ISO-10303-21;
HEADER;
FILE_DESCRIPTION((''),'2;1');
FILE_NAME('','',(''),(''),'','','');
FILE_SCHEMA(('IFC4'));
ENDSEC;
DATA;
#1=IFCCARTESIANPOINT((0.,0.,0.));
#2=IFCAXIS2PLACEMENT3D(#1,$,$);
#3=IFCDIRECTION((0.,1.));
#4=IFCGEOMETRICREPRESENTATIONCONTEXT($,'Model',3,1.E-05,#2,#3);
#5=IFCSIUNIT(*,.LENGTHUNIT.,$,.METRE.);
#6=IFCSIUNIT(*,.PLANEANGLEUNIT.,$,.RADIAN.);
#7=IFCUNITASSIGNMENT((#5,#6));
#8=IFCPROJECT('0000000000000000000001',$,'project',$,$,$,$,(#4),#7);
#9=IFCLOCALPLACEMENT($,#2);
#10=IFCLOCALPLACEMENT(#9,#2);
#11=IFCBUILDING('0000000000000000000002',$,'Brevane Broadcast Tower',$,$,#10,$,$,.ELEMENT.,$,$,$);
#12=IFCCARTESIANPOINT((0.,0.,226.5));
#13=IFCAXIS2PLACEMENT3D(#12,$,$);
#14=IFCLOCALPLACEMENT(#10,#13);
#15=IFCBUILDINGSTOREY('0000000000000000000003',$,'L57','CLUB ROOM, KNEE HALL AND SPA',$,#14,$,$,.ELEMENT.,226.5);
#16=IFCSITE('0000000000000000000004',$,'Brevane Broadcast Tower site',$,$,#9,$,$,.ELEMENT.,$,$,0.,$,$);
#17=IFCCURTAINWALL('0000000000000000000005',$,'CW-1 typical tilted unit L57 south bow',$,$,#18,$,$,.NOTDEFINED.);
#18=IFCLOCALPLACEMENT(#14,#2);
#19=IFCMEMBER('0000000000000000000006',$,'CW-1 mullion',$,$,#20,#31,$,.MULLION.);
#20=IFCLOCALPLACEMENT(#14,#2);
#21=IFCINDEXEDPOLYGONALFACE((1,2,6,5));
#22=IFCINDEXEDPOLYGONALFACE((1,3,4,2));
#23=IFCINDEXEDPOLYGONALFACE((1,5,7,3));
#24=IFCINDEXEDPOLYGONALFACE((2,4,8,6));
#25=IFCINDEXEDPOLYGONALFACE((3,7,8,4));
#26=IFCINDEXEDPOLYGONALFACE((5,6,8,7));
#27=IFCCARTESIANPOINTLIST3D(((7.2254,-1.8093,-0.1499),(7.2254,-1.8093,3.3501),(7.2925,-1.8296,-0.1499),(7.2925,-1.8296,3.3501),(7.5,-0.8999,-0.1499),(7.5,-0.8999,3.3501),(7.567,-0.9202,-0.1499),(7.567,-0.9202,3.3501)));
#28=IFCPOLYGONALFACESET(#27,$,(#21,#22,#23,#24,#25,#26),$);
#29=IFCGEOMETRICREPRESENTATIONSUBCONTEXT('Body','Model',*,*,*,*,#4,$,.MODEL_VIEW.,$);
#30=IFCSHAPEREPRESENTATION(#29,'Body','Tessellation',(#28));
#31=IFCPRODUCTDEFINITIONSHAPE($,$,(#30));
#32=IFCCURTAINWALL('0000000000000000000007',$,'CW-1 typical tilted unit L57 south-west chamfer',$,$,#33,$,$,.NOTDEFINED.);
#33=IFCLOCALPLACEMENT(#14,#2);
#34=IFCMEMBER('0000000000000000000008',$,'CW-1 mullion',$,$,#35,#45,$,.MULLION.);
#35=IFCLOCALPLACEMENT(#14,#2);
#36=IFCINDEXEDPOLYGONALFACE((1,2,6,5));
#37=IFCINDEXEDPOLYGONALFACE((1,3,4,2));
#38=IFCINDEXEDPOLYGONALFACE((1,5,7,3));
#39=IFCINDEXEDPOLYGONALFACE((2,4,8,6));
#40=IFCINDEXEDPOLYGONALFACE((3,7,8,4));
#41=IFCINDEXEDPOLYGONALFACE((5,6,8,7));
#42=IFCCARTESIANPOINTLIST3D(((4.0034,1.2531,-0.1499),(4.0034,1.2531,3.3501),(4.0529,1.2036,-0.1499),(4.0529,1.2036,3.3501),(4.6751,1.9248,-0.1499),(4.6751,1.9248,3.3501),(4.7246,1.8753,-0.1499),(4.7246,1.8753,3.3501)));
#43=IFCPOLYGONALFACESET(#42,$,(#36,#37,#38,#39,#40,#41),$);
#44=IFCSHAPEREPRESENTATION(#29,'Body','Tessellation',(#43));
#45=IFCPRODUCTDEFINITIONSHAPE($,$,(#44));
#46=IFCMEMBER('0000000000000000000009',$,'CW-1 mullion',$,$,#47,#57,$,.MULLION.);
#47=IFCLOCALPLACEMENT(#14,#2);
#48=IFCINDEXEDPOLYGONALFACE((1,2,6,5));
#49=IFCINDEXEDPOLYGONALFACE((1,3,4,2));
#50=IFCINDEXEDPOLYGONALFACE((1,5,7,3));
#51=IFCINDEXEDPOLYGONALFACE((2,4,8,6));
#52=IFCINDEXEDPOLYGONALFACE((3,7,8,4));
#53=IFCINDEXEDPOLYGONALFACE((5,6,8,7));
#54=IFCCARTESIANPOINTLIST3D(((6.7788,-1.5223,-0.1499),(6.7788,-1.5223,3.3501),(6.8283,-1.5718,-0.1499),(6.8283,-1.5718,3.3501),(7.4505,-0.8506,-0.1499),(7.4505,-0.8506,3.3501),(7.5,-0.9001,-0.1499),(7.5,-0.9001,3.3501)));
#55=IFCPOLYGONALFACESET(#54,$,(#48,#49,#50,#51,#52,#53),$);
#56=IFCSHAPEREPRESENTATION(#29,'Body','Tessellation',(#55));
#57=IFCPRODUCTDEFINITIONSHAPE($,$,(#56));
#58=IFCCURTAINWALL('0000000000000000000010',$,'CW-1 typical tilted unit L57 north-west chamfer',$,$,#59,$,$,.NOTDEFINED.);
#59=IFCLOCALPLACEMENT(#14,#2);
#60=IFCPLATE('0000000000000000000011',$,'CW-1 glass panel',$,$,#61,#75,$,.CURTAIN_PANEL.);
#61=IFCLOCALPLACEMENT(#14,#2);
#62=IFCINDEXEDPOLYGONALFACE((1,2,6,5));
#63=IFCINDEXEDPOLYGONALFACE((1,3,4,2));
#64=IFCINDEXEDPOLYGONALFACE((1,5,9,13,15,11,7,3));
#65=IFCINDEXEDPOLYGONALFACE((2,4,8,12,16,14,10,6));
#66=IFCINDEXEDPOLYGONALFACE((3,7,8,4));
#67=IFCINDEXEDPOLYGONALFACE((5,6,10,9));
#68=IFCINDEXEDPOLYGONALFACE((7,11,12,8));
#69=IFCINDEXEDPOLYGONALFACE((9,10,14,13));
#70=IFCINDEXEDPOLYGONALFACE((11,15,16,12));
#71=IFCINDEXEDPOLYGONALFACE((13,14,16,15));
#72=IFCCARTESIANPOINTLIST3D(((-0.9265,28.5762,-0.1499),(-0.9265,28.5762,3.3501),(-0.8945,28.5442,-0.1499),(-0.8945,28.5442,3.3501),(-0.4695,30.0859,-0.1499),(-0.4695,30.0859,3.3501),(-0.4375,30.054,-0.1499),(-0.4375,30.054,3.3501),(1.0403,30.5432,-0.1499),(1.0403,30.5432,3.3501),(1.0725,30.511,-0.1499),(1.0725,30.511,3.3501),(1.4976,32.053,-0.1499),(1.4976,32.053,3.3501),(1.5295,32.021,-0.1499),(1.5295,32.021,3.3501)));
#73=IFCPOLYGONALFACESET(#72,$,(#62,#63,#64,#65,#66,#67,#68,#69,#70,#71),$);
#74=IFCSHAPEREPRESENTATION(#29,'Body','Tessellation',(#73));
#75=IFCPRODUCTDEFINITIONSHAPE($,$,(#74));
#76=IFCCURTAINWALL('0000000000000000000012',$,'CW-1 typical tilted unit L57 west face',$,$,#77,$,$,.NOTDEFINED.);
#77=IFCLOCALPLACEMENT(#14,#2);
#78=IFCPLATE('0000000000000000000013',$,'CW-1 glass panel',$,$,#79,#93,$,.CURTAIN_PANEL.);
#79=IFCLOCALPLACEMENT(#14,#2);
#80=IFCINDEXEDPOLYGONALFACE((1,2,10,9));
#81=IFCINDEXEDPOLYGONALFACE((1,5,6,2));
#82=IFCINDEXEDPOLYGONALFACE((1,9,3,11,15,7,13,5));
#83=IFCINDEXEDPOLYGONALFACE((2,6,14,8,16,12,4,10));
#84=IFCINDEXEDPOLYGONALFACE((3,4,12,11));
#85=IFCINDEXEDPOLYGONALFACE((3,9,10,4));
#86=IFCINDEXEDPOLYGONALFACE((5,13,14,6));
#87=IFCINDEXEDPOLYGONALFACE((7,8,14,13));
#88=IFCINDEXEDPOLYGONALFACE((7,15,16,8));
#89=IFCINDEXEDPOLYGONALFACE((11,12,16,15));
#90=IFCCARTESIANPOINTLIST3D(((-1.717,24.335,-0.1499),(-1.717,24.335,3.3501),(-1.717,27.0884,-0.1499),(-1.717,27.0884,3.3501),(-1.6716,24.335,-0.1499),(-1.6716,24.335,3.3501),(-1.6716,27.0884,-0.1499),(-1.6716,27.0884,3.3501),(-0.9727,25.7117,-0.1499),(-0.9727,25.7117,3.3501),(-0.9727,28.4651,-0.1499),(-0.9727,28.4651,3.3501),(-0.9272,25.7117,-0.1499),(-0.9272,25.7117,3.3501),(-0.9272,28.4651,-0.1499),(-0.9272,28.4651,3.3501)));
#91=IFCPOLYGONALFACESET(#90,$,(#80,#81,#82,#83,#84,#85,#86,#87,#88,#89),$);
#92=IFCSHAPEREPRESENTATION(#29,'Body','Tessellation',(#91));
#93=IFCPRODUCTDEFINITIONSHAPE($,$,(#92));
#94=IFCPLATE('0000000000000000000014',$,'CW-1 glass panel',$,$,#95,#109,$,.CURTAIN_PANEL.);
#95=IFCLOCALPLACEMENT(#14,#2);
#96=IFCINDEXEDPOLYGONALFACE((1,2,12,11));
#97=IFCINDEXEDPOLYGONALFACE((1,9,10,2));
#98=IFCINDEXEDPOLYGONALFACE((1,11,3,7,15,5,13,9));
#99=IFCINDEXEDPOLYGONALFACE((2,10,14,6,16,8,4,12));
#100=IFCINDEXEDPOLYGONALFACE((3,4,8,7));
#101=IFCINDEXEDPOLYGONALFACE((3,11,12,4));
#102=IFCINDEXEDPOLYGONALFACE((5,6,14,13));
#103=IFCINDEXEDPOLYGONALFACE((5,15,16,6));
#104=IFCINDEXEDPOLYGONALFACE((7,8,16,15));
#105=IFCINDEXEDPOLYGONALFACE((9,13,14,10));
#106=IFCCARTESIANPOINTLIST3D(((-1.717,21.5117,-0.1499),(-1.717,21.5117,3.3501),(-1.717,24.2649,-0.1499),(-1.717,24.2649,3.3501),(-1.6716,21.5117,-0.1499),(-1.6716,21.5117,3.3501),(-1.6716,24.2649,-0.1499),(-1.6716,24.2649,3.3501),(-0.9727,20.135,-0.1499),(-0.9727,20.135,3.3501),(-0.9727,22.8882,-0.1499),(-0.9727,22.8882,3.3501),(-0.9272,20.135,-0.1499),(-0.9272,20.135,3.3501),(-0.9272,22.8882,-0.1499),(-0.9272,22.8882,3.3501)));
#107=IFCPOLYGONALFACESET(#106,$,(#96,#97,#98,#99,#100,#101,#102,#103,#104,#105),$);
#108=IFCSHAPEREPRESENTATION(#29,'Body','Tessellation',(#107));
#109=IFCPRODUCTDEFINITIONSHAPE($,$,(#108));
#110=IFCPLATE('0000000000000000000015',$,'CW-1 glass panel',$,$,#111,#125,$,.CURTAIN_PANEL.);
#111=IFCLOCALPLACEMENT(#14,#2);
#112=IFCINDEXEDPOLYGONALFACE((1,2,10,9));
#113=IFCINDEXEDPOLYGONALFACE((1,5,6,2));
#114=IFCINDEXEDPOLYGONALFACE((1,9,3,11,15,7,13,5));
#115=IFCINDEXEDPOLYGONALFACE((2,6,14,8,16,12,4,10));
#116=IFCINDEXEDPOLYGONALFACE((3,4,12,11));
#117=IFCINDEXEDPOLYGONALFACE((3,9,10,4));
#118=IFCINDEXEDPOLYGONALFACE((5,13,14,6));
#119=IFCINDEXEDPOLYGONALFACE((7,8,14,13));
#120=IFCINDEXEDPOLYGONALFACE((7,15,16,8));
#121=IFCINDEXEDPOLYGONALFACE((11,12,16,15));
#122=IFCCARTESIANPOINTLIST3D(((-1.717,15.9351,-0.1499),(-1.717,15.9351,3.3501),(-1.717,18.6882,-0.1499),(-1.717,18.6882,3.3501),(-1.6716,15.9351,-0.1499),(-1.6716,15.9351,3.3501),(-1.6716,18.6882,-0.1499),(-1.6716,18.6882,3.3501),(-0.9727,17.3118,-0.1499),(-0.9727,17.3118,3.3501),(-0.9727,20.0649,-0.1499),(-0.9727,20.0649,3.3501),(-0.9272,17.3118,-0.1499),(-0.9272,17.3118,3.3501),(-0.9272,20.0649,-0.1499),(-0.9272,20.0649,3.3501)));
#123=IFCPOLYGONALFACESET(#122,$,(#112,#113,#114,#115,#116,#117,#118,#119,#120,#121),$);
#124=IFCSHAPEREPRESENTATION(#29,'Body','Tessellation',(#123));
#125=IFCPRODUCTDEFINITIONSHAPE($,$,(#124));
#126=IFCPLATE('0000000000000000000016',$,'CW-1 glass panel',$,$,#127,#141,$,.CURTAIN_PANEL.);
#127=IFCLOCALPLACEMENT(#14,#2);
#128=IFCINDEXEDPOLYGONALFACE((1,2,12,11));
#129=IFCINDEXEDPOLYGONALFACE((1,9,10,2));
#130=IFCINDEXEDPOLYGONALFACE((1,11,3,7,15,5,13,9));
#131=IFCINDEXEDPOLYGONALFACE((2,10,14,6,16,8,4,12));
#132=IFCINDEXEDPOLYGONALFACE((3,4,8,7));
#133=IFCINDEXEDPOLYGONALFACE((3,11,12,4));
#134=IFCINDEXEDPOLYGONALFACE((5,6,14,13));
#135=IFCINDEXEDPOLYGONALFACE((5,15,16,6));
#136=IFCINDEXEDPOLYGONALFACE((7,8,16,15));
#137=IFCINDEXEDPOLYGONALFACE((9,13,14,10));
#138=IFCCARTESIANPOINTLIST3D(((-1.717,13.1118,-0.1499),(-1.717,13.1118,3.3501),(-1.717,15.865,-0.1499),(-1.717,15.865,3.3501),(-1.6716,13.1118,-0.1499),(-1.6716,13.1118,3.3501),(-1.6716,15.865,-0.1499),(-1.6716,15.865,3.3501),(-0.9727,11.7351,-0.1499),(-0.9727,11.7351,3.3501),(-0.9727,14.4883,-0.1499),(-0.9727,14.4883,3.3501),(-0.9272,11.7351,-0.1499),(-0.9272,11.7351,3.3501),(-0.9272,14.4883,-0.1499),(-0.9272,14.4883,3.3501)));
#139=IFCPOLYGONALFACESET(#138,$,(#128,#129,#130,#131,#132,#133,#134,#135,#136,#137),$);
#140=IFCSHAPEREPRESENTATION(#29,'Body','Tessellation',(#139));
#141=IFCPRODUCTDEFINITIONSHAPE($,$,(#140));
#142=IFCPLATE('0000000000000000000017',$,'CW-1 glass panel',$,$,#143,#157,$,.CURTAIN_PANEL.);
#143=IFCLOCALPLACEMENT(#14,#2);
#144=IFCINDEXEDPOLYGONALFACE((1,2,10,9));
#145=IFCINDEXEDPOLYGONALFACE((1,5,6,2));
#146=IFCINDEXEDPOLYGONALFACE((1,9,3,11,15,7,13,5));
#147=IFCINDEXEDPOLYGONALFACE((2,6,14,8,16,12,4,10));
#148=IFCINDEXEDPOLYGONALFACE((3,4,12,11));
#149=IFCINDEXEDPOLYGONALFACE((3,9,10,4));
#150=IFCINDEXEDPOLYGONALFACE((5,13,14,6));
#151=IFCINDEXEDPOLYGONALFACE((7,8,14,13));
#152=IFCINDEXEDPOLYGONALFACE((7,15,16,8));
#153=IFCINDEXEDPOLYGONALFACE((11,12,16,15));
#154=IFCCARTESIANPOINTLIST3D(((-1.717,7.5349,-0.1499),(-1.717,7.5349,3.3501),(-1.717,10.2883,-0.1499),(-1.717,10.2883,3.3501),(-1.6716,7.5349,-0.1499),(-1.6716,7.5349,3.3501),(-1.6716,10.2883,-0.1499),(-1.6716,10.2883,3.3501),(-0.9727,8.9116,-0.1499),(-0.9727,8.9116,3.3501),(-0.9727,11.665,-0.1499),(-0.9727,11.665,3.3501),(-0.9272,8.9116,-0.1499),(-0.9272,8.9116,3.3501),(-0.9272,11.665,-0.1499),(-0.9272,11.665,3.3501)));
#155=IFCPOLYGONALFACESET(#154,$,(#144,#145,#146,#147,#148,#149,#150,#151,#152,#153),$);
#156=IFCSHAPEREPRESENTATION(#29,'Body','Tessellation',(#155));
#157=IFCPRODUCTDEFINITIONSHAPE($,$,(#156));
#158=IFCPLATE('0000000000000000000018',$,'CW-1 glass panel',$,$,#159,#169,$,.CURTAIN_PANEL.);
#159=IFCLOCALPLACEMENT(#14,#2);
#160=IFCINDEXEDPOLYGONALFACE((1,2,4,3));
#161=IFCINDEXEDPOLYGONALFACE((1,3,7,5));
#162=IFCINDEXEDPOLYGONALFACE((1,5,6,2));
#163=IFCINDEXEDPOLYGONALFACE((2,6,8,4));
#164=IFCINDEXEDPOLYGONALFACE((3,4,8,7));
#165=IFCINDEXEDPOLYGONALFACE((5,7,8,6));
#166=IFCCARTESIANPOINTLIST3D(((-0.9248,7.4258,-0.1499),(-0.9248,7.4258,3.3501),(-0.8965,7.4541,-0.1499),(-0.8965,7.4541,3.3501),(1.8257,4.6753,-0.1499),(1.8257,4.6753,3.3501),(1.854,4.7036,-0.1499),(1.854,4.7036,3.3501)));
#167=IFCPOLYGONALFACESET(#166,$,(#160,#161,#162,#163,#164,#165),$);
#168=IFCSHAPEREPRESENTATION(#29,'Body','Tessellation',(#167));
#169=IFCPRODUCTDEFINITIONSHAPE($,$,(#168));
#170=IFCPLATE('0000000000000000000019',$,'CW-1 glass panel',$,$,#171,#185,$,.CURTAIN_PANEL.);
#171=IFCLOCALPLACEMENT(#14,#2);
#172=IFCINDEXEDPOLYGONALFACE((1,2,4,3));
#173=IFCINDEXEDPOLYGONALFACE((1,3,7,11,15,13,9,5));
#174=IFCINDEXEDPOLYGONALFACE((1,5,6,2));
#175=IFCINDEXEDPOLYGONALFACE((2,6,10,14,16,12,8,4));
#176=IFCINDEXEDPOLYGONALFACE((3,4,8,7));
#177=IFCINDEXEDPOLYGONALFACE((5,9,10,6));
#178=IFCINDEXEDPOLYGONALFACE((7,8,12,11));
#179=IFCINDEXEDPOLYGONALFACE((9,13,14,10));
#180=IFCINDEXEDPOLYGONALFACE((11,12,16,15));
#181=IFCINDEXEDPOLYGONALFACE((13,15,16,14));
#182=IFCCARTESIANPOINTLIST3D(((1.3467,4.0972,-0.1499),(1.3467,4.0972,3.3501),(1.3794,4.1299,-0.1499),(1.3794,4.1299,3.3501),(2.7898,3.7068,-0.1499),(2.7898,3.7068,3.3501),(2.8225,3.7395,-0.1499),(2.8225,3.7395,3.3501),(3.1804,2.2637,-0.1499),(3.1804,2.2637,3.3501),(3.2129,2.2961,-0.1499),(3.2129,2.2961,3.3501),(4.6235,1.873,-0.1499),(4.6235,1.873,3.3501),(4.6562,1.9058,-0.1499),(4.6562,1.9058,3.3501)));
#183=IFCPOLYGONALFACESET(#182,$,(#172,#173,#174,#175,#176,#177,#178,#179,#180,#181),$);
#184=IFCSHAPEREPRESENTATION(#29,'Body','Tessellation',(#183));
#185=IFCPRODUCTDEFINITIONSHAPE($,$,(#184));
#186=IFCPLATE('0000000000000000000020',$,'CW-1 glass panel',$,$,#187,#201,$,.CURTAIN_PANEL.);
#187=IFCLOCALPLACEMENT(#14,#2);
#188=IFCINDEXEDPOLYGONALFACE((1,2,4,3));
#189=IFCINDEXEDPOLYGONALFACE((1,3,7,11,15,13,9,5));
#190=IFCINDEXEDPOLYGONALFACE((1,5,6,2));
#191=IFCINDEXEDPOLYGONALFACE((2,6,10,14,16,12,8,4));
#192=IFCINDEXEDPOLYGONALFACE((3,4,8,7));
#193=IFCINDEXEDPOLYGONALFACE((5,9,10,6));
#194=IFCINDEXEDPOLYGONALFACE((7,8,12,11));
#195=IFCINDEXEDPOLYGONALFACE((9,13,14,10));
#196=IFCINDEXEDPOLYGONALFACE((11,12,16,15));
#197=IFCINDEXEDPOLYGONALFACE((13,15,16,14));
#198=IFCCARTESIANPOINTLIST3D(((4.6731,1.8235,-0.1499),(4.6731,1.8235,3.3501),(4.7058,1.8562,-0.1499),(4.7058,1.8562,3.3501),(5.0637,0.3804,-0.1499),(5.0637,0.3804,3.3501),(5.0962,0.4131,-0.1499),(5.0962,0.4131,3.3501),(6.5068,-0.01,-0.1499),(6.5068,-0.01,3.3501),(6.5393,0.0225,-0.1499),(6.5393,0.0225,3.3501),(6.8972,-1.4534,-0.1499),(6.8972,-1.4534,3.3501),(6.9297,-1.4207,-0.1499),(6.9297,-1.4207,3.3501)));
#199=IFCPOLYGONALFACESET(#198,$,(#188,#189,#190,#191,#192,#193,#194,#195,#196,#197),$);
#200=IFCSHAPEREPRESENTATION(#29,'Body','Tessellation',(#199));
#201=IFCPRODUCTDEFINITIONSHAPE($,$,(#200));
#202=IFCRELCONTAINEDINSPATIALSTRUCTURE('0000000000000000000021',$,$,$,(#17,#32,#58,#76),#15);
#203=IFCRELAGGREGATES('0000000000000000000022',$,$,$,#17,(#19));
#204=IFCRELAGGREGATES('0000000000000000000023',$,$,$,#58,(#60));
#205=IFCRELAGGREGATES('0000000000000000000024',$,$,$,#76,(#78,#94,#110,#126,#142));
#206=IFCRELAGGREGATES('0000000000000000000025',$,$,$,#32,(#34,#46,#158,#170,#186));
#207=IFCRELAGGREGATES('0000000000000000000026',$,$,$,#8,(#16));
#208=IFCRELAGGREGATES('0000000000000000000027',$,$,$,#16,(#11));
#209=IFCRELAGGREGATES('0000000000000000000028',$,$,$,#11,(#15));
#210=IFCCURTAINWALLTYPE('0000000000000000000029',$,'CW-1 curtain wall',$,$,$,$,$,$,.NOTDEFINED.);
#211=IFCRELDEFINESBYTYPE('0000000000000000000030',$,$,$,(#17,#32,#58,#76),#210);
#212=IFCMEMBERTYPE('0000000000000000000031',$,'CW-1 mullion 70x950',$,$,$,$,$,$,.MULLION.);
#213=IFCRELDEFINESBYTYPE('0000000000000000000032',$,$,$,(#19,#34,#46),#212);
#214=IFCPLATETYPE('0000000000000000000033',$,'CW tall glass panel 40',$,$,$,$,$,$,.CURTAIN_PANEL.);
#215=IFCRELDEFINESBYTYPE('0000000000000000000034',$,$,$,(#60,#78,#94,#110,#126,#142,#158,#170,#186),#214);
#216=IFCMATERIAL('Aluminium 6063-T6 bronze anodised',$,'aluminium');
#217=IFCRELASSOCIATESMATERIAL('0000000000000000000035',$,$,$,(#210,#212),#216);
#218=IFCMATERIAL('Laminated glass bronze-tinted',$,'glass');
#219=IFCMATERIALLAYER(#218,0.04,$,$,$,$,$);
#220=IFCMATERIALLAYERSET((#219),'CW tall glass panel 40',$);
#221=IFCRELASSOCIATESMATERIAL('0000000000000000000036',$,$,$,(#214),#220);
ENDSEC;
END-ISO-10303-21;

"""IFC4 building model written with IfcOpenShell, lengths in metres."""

from ifc_helpers import new_model, si_unit, direction, frame, origin, origin_2d, place, context, subcontext, project, spatial, polyline, rectangle, outline, extrude, material, layer, layer_set, material_profile, profile_set, type_object, element, aggregate, save


model = new_model("IFC4")

# Units and contexts
model_context = context("Model", 3, precision=1e-05, world=origin(), true_north=direction((0.0, 1.0)))
body_context = subcontext(model_context, "Body", "Model", "MODEL_VIEW")
ifc_project = project(units=[si_unit("LENGTHUNIT", "METRE"), si_unit("PLANEANGLEUNIT", "RADIAN")], contexts=[model_context])

# Site, building, storey
site_placement = place(None, origin())
site = spatial("IfcSite", under=ifc_project, at=site_placement, Name="Brevane Broadcast Tower site", CompositionType="ELEMENT", RefElevation=0.0)
building_placement = place(site_placement, origin())
building = spatial("IfcBuilding", under=site, at=building_placement, Name="Brevane Broadcast Tower", CompositionType="ELEMENT")
storey_placement = place(building_placement, frame((0.0, 0.0, 226.5)))
storey = spatial("IfcBuildingStorey", under=building, at=storey_placement, Name="L57", Description="CLUB ROOM, KNEE HALL AND SPA", CompositionType="ELEMENT", Elevation=226.5)

# Curtain wall, member
ifc_material_1 = material(Name="Aluminium 6063-T6 bronze anodised", Category="aluminium")
curtain_wall_type = type_object("IfcCurtainWallType", Name="CW-1 curtain wall", PredefinedType="NOTDEFINED", material=ifc_material_1)
curtain_wall_1_placement = place(storey_placement, origin())
curtain_wall_1 = element("IfcCurtainWall", 1, at=curtain_wall_1_placement, inside=storey, type_object=curtain_wall_type, Name="CW-1 typical tilted unit L57 south bow", PredefinedType="NOTDEFINED")
ifc_material_profile = material_profile(ifc_material_1, rectangle(XDim=0.95, YDim=0.0701, at=origin_2d()), Name="RECT 70x950")
ifc_profile_set = profile_set([ifc_material_profile], Name="Aluminium 6063-T6 bronze anodised")
member_type = type_object("IfcMemberType", Name="CW-1 mullion 70x950", PredefinedType="MULLION", material=ifc_profile_set)
member_1_placement = place(storey_placement, frame((7.3962, -1.3647, -0.1499), z_axis=(0.0, 0.0, 1.0), x_axis=(0.288968, 0.957339, 0.0)))
member_1 = element("IfcMember", 2, at=member_1_placement, type_object=member_type, Name="CW-1 mullion", PredefinedType="MULLION", context=body_context, shape_type="SweptSolid", body=[
    extrude(rectangle(XDim=0.95, YDim=0.0701, at=origin_2d()), origin(), (0.0, 0.0, 1.0), 3.5),
])
aggregate(curtain_wall_1, [member_1])

# Curtain wall, members
curtain_wall_2_placement = place(storey_placement, origin())
curtain_wall_2 = element("IfcCurtainWall", 3, at=curtain_wall_2_placement, inside=storey, type_object=curtain_wall_type, Name="CW-1 typical tilted unit L57 south-west chamfer", PredefinedType="NOTDEFINED")
member_2_placement = place(storey_placement, frame((4.364, 1.5642, -0.1499), z_axis=(0.0, 0.0, 1.0), x_axis=(0.707107, 0.707107, 0.0)))
member_2 = element("IfcMember", 4, at=member_2_placement, type_object=member_type, Name="CW-1 mullion", PredefinedType="MULLION", context=body_context, shape_type="SweptSolid", body=[
    extrude(rectangle(XDim=0.95, YDim=0.0701, at=origin_2d()), origin(), (0.0, 0.0, 1.0), 3.5),
])
member_3_placement = place(storey_placement, frame((7.1394, -1.2112, -0.1499), z_axis=(0.0, 0.0, 1.0), x_axis=(0.707107, 0.707107, 0.0)))
member_3 = element("IfcMember", 5, at=member_3_placement, type_object=member_type, Name="CW-1 mullion", PredefinedType="MULLION", context=body_context, shape_type="SweptSolid", body=[
    extrude(rectangle(XDim=0.95, YDim=0.0701, at=origin_2d()), origin(), (0.0, 0.0, 1.0), 3.5),
])

# Curtain wall, plate
curtain_wall_3_placement = place(storey_placement, origin())
curtain_wall_3 = element("IfcCurtainWall", 6, at=curtain_wall_3_placement, inside=storey, type_object=curtain_wall_type, Name="CW-1 typical tilted unit L57 north-west chamfer", PredefinedType="NOTDEFINED")
ifc_material_2 = material(Name="Laminated glass bronze-tinted", Category="glass")
ifc_layer_1 = layer(ifc_material_2, 0.04)
ifc_layer_set_1 = layer_set([ifc_layer_1], Name="CW tall glass panel 40")
plate_type = type_object("IfcPlateType", Name="CW tall glass panel 40", PredefinedType="CURTAIN_PANEL", material=ifc_layer_set_1)
plate_1_placement = place(storey_placement, frame((0.0, 0.0, -0.1499)))
plate_1 = element("IfcPlate", 7, at=plate_1_placement, type_object=plate_type, Name="CW-1 glass panel", PredefinedType="CURTAIN_PANEL", context=body_context, shape_type="SweptSolid", body=[
    extrude(outline(polyline([(1.5295, 32.021), (1.4976, 32.053), (1.0403, 30.5432), (-0.4695, 30.0859), (-0.9265, 28.5762), (-0.8945, 28.5442), (-0.4375, 30.054), (1.0725, 30.511), (1.5295, 32.021)])), origin(), (0.0, 0.0, 1.0), 3.5),
])
aggregate(curtain_wall_3, [plate_1])

# Curtain wall, plates
curtain_wall_4_placement = place(storey_placement, origin())
curtain_wall_4 = element("IfcCurtainWall", 8, at=curtain_wall_4_placement, inside=storey, type_object=curtain_wall_type, Name="CW-1 typical tilted unit L57 west face", PredefinedType="NOTDEFINED")
plate_2_placement = place(storey_placement, frame((0.0, 0.0, -0.1499)))
plate_2 = element("IfcPlate", 9, at=plate_2_placement, type_object=plate_type, Name="CW-1 glass panel", PredefinedType="CURTAIN_PANEL", context=body_context, shape_type="SweptSolid", body=[
    extrude(outline(polyline([(-0.9272, 28.4651), (-0.9727, 28.4651), (-1.717, 27.0884), (-0.9727, 25.7117), (-1.717, 24.335), (-1.6716, 24.335), (-0.9272, 25.7117), (-1.6716, 27.0884), (-0.9272, 28.4651)])), origin(), (0.0, 0.0, 1.0), 3.5),
])
plate_3_placement = place(storey_placement, frame((0.0, 0.0, -0.1499)))
plate_3 = element("IfcPlate", 10, at=plate_3_placement, type_object=plate_type, Name="CW-1 glass panel", PredefinedType="CURTAIN_PANEL", context=body_context, shape_type="SweptSolid", body=[
    extrude(outline(polyline([(-1.6716, 24.2649), (-1.717, 24.2649), (-0.9727, 22.8882), (-1.717, 21.5117), (-0.9727, 20.135), (-0.9272, 20.135), (-1.6716, 21.5117), (-0.9272, 22.8882), (-1.6716, 24.2649)])), origin(), (0.0, 0.0, 1.0), 3.5),
])
plate_4_placement = place(storey_placement, frame((0.0, 0.0, -0.1499)))
plate_4 = element("IfcPlate", 11, at=plate_4_placement, type_object=plate_type, Name="CW-1 glass panel", PredefinedType="CURTAIN_PANEL", context=body_context, shape_type="SweptSolid", body=[
    extrude(outline(polyline([(-0.9272, 20.0649), (-0.9727, 20.0649), (-1.717, 18.6882), (-0.9727, 17.3118), (-1.717, 15.9351), (-1.6716, 15.9351), (-0.9272, 17.3118), (-1.6716, 18.6882), (-0.9272, 20.0649)])), origin(), (0.0, 0.0, 1.0), 3.5),
])
plate_5_placement = place(storey_placement, frame((0.0, 0.0, -0.1499)))
plate_5 = element("IfcPlate", 12, at=plate_5_placement, type_object=plate_type, Name="CW-1 glass panel", PredefinedType="CURTAIN_PANEL", context=body_context, shape_type="SweptSolid", body=[
    extrude(outline(polyline([(-1.6716, 15.865), (-1.717, 15.865), (-0.9727, 14.4883), (-1.717, 13.1118), (-0.9727, 11.7351), (-0.9272, 11.7351), (-1.6716, 13.1118), (-0.9272, 14.4883), (-1.6716, 15.865)])), origin(), (0.0, 0.0, 1.0), 3.5),
])
plate_6_placement = place(storey_placement, frame((0.0, 0.0, -0.1499)))
plate_6 = element("IfcPlate", 13, at=plate_6_placement, type_object=plate_type, Name="CW-1 glass panel", PredefinedType="CURTAIN_PANEL", context=body_context, shape_type="SweptSolid", body=[
    extrude(outline(polyline([(-0.9272, 11.665), (-0.9727, 11.665), (-1.717, 10.2883), (-0.9727, 8.9116), (-1.717, 7.5349), (-1.6716, 7.5349), (-0.9272, 8.9116), (-1.6716, 10.2883), (-0.9272, 11.665)])), origin(), (0.0, 0.0, 1.0), 3.5),
])
aggregate(curtain_wall_4, [plate_2, plate_3, plate_4, plate_5, plate_6])

# Plates
plate_7_placement = place(storey_placement, frame((0.0, 0.0, -0.1499)))
plate_7 = element("IfcPlate", 14, at=plate_7_placement, type_object=plate_type, Name="CW-1 glass panel", PredefinedType="CURTAIN_PANEL", context=body_context, shape_type="SweptSolid", body=[
    extrude(outline(polyline([(-0.8965, 7.4541), (1.854, 4.7036), (1.8257, 4.6753), (-0.9248, 7.4258), (-0.8965, 7.4541)])), origin(), (0.0, 0.0, 1.0), 3.5),
])
plate_8_placement = place(storey_placement, frame((0.0, 0.0, -0.1499)))
plate_8 = element("IfcPlate", 15, at=plate_8_placement, type_object=plate_type, Name="CW-1 glass panel", PredefinedType="CURTAIN_PANEL", context=body_context, shape_type="SweptSolid", body=[
    extrude(outline(polyline([(1.3794, 4.1299), (1.3467, 4.0972), (2.7898, 3.7068), (3.1804, 2.2637), (4.6235, 1.873), (4.6562, 1.9058), (3.2129, 2.2961), (2.8225, 3.7395), (1.3794, 4.1299)])), origin(), (0.0, 0.0, 1.0), 3.5),
])
plate_9_placement = place(storey_placement, frame((0.0, 0.0, -0.1499)))
plate_9 = element("IfcPlate", 16, at=plate_9_placement, type_object=plate_type, Name="CW-1 glass panel", PredefinedType="CURTAIN_PANEL", context=body_context, shape_type="SweptSolid", body=[
    extrude(outline(polyline([(4.7058, 1.8562), (4.6731, 1.8235), (5.0637, 0.3804), (6.5068, -0.01), (6.8972, -1.4534), (6.9297, -1.4207), (6.5393, 0.0225), (5.0962, 0.4131), (4.7058, 1.8562)])), origin(), (0.0, 0.0, 1.0), 3.5),
])
aggregate(curtain_wall_2, [member_2, member_3, plate_7, plate_8, plate_9])

save(model, "model.ifc")
